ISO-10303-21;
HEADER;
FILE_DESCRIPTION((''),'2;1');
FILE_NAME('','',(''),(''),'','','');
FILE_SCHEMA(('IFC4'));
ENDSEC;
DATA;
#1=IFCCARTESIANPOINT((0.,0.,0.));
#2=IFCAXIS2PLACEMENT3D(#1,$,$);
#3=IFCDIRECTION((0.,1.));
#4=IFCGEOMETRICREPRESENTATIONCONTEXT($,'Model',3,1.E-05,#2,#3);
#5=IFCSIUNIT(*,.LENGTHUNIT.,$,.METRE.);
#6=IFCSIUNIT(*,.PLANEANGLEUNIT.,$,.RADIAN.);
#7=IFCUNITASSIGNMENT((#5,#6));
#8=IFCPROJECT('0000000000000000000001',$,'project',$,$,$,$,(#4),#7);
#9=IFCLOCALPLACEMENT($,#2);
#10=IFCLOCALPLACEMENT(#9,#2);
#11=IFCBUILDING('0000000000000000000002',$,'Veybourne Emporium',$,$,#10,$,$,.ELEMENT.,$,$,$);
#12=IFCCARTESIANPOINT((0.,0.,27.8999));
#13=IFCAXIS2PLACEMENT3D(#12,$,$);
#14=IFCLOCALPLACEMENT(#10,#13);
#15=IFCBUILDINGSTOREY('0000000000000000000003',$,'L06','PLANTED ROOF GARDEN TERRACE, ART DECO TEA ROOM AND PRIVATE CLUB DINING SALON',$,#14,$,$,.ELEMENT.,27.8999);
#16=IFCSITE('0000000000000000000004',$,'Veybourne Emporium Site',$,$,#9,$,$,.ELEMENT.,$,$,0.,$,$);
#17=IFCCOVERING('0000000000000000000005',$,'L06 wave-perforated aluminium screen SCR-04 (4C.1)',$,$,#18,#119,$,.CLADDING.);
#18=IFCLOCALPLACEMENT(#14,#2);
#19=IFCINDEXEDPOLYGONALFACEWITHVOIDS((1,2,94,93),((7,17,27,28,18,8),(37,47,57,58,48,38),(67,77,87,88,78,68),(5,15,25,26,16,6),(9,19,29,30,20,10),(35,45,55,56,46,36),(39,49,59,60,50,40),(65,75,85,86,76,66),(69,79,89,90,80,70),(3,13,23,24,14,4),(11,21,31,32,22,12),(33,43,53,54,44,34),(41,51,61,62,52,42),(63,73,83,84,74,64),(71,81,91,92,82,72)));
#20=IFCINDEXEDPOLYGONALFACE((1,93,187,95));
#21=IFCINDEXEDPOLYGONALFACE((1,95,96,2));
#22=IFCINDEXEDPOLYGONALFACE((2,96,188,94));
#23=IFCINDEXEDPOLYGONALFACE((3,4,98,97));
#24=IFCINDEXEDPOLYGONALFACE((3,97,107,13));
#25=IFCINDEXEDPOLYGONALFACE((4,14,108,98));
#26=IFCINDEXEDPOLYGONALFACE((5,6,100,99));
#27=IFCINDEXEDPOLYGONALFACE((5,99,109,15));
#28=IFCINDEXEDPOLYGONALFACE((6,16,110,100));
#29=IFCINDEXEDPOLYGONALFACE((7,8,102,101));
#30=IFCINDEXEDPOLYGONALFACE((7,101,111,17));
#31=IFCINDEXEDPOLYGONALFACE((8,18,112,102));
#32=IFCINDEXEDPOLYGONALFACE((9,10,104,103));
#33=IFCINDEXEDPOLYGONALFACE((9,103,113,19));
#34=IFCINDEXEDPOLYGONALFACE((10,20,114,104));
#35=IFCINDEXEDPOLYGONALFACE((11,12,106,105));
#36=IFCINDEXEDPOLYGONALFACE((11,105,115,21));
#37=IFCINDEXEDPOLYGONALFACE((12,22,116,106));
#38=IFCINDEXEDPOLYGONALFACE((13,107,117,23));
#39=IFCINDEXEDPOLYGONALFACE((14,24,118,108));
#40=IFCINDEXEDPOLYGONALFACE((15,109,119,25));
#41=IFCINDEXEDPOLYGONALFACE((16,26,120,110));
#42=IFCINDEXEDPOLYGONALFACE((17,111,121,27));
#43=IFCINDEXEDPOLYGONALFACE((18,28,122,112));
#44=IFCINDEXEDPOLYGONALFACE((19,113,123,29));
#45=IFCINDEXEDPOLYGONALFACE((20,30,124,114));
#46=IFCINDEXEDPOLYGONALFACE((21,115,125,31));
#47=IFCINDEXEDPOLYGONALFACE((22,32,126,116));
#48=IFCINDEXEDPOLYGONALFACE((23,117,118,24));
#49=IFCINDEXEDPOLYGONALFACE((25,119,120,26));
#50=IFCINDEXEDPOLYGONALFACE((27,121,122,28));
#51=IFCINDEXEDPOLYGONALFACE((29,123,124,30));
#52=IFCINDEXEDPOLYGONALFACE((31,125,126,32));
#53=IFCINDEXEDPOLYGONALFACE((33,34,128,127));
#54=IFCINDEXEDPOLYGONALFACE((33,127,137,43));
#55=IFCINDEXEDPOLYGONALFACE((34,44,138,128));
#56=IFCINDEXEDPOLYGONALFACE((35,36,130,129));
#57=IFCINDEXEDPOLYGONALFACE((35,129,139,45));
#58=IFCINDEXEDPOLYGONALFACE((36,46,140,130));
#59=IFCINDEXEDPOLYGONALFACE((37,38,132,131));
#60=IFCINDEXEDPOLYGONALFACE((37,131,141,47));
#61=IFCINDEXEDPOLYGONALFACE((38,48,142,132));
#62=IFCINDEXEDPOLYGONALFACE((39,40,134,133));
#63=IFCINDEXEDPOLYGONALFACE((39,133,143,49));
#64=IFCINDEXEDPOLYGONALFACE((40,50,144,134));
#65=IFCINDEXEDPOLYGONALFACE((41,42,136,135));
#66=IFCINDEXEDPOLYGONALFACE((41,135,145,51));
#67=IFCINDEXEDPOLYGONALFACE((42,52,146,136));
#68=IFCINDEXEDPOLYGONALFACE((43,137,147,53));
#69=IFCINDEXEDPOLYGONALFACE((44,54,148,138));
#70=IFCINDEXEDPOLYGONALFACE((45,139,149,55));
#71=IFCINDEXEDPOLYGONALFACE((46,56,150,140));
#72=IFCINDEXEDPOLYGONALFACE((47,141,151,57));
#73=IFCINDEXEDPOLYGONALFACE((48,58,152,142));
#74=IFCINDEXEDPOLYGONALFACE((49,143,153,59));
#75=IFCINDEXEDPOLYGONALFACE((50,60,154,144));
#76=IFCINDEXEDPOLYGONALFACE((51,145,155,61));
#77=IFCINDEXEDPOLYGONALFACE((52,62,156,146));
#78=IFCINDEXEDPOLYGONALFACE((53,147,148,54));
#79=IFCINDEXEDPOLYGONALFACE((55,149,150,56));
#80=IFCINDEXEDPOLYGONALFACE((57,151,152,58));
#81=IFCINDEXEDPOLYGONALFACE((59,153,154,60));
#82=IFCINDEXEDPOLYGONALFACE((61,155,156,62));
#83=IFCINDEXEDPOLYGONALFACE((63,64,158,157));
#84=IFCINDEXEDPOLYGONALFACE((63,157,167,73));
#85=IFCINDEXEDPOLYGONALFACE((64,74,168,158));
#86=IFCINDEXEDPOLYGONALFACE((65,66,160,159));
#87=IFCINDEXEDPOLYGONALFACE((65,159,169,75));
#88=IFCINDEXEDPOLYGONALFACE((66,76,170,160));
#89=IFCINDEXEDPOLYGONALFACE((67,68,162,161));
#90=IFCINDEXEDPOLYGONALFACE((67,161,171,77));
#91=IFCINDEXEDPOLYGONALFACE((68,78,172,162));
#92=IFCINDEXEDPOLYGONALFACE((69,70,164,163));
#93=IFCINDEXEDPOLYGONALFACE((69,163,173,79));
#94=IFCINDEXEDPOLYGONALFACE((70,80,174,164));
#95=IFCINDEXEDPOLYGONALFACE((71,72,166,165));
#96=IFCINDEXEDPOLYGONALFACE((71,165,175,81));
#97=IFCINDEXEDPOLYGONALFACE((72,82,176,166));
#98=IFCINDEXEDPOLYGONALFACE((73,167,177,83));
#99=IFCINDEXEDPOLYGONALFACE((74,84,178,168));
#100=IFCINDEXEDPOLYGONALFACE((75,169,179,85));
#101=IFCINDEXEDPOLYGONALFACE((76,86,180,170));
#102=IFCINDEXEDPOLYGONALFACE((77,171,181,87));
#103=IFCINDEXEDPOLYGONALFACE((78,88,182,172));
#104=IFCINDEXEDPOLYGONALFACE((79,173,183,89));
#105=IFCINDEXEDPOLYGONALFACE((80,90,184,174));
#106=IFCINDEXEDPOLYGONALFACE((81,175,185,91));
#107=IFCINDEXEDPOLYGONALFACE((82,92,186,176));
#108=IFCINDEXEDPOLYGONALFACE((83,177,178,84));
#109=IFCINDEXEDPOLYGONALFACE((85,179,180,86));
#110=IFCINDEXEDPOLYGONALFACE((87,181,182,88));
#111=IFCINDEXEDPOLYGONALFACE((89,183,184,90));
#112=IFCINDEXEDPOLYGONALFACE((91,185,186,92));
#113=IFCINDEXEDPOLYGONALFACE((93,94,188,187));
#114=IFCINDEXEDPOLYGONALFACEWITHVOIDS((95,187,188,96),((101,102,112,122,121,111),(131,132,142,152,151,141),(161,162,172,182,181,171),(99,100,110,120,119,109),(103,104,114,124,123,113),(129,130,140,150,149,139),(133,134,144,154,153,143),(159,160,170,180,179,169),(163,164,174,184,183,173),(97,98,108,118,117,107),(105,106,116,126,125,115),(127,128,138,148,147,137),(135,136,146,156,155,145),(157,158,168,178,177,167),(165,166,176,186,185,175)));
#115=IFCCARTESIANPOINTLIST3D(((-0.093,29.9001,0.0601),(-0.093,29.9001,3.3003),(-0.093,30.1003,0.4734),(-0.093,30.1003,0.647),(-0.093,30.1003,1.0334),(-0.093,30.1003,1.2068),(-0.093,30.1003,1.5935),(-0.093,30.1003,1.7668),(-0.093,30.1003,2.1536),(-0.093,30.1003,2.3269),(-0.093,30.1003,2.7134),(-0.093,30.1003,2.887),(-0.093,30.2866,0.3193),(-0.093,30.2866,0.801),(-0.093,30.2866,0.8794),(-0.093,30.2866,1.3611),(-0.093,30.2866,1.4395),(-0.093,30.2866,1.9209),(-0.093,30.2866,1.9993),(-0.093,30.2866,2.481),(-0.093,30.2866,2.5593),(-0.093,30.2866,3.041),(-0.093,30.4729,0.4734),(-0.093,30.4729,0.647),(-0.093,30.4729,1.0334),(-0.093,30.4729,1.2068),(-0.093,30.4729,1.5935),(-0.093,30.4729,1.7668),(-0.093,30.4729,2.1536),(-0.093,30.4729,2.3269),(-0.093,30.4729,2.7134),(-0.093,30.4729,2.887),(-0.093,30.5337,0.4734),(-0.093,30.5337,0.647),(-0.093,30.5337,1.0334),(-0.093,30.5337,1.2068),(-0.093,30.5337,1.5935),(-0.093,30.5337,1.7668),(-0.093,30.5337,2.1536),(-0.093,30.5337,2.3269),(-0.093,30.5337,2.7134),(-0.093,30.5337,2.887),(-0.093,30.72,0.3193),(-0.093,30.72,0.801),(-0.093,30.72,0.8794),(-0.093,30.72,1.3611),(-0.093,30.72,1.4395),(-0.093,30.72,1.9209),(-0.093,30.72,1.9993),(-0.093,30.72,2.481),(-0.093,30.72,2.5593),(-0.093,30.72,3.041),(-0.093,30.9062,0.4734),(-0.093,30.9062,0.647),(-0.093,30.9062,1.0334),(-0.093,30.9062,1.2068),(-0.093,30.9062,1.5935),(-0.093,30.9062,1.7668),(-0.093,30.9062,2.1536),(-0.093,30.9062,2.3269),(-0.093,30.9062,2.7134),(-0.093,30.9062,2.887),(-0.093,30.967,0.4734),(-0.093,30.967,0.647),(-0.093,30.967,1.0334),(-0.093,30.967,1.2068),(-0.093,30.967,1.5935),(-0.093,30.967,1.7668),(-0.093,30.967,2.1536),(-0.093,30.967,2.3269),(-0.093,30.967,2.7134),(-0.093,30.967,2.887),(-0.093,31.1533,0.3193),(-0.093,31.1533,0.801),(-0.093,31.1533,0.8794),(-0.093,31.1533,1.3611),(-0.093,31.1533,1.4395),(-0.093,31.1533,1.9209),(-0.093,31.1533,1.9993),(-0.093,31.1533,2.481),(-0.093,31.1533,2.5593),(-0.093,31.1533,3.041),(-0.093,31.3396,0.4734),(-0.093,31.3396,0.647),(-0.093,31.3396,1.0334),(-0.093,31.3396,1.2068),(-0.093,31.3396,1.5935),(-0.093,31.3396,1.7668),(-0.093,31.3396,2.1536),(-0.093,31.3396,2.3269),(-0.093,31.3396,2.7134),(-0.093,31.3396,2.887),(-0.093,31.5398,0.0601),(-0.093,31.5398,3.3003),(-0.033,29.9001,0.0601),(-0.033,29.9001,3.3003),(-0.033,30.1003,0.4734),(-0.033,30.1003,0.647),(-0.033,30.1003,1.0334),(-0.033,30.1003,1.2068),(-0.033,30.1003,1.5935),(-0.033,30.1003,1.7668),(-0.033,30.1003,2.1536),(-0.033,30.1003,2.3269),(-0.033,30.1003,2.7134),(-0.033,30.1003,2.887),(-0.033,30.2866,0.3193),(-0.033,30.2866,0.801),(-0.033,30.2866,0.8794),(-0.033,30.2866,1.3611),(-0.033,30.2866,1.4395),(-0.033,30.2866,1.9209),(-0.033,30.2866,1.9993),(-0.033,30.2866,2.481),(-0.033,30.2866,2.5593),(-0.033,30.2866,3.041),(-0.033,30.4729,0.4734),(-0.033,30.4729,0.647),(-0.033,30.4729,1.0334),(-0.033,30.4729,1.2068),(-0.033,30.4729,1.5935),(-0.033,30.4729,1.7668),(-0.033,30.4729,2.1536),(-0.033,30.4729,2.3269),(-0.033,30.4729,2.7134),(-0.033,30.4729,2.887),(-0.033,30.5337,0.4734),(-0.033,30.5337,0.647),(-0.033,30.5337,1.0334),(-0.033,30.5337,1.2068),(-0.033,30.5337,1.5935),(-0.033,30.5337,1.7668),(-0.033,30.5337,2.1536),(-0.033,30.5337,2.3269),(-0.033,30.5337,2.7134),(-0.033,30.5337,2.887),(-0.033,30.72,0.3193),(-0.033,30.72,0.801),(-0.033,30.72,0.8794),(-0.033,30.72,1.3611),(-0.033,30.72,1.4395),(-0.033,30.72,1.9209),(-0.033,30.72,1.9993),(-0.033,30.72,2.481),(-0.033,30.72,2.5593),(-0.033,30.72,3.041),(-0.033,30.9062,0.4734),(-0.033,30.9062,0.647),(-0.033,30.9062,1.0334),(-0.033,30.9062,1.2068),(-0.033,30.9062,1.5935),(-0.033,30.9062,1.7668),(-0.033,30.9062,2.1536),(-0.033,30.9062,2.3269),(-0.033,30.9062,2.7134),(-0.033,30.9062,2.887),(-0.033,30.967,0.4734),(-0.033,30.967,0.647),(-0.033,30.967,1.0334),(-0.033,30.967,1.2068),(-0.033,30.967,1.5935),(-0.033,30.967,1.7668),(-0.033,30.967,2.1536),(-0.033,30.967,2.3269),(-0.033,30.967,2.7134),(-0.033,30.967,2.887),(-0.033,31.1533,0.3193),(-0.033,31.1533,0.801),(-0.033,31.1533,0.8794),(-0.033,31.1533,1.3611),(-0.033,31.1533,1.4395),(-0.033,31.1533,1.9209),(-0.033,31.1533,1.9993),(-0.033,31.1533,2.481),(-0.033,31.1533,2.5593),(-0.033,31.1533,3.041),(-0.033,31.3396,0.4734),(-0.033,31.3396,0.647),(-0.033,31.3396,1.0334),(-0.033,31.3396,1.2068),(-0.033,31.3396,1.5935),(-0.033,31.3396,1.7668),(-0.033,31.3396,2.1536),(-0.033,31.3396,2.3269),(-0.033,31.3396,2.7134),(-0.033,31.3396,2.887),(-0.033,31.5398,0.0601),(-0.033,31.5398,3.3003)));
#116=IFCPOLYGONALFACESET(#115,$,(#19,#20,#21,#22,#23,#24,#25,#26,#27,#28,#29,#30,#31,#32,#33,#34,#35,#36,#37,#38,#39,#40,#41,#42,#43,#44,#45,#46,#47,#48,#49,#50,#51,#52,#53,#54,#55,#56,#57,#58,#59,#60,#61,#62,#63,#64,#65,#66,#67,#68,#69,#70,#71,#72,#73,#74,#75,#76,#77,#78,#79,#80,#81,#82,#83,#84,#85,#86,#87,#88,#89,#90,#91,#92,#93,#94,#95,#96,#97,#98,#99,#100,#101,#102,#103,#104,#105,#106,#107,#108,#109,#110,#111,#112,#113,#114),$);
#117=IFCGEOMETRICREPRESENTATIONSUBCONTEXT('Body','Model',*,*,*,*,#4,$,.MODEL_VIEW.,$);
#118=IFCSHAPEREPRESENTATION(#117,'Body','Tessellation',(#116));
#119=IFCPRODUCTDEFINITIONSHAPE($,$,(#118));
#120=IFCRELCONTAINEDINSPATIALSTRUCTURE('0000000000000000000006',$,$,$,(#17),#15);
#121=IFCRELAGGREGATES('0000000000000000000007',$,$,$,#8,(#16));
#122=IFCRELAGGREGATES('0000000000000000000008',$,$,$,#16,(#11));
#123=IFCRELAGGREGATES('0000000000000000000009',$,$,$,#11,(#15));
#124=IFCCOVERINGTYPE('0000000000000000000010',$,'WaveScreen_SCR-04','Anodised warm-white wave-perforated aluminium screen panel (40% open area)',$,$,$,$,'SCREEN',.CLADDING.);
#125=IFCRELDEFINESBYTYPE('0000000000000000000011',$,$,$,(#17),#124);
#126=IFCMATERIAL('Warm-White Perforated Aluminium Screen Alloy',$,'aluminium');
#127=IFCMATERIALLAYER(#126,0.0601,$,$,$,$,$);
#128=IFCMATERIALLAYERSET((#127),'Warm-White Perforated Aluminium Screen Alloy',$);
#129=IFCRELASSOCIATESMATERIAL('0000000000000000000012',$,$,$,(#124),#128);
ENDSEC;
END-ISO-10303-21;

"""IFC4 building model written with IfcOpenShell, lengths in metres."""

from ifc_helpers import new_model, si_unit, direction, frame, origin, place, context, subcontext, project, spatial, polyline, outline, extrude, material, layer, layer_set, type_object, element, save


model = new_model("IFC4")

# Units and contexts
model_context = context("Model", 3, precision=1e-05, world=origin(), true_north=direction((0.0, 1.0)))
body_context = subcontext(model_context, "Body", "Model", "MODEL_VIEW")
ifc_project = project(units=[si_unit("LENGTHUNIT", "METRE"), si_unit("PLANEANGLEUNIT", "RADIAN")], contexts=[model_context])

# Site, building, storey
site_placement = place(None, origin())
site = spatial("IfcSite", under=ifc_project, at=site_placement, Name="Veybourne Emporium Site", CompositionType="ELEMENT", RefElevation=0.0)
building_placement = place(site_placement, origin())
building = spatial("IfcBuilding", under=site, at=building_placement, Name="Veybourne Emporium", CompositionType="ELEMENT")
storey_placement = place(building_placement, frame((0.0, 0.0, 27.8999)))
storey = spatial("IfcBuildingStorey", under=building, at=storey_placement, Name="L06", Description="PLANTED ROOF GARDEN TERRACE, ART DECO TEA ROOM AND PRIVATE CLUB DINING SALON", CompositionType="ELEMENT", Elevation=27.8999)

# Covering
ifc_material_1 = material(Name="Warm-White Perforated Aluminium Screen Alloy", Category="aluminium")
ifc_layer_1 = layer(ifc_material_1, 0.0601)
ifc_layer_set_1 = layer_set([ifc_layer_1], Name="Warm-White Perforated Aluminium Screen Alloy")
covering_type_1 = type_object("IfcCoveringType", Name="WaveScreen_SCR-04", Description="Anodised warm-white wave-perforated aluminium screen panel (40% open area)", ElementType="SCREEN", PredefinedType="CLADDING", material=ifc_layer_set_1)
covering_1_placement = place(storey_placement, frame((-0.093, 30.72, 1.6802), z_axis=(1.0, 0.0, 0.0), x_axis=(0.0, 1.0, 0.0)))
element("IfcCovering", 1, at=covering_1_placement, inside=storey, type_object=covering_type_1, Name="L06 wave-perforated aluminium screen SCR-04 (4C.1)", PredefinedType="CLADDING", context=body_context, shape_type="SweptSolid", body=[
    extrude(outline(polyline([(-0.8198, -1.6201), (0.8198, -1.6201), (0.8198, 1.6201), (-0.8198, 1.6201), (-0.8198, -1.6201)]), holes=[polyline([(-0.4333, -0.8792), (-0.2471, -1.0332), (-0.2471, -1.2068), (-0.4333, -1.3608), (-0.6196, -1.2068), (-0.6196, -1.0332), (-0.4333, -0.8792)]), polyline([(-0.4333, -0.3191), (-0.2471, -0.4734), (-0.2471, -0.6467), (-0.4333, -0.8008), (-0.6196, -0.6467), (-0.6196, -0.4734), (-0.4333, -0.3191)]), polyline([(-0.4333, 0.2407), (-0.2471, 0.0867), (-0.2471, -0.0867), (-0.4333, -0.2407), (-0.6196, -0.0867), (-0.6196, 0.0867), (-0.4333, 0.2407)]), polyline([(-0.4333, 0.8008), (-0.2471, 0.6467), (-0.2471, 0.4734), (-0.4333, 0.3191), (-0.6196, 0.4734), (-0.6196, 0.6467), (-0.4333, 0.8008)]), polyline([(-0.4333, 1.3608), (-0.2471, 1.2068), (-0.2471, 1.0332), (-0.4333, 0.8792), (-0.6196, 1.0332), (-0.6196, 1.2068), (-0.4333, 1.3608)]), polyline([(0.0, -0.8792), (0.1863, -1.0332), (0.1863, -1.2068), (0.0, -1.3608), (-0.1863, -1.2068), (-0.1863, -1.0332), (0.0, -0.8792)]), polyline([(0.0, -0.3191), (0.1863, -0.4734), (0.1863, -0.6467), (0.0, -0.8008), (-0.1863, -0.6467), (-0.1863, -0.4734), (0.0, -0.3191)]), polyline([(0.0, 0.2407), (0.1863, 0.0867), (0.1863, -0.0867), (0.0, -0.2407), (-0.1863, -0.0867), (-0.1863, 0.0867), (0.0, 0.2407)]), polyline([(0.0, 0.8008), (0.1863, 0.6467), (0.1863, 0.4734), (0.0, 0.3191), (-0.1863, 0.4734), (-0.1863, 0.6467), (0.0, 0.8008)]), polyline([(0.0, 1.3608), (0.1863, 1.2068), (0.1863, 1.0332), (0.0, 0.8792), (-0.1863, 1.0332), (-0.1863, 1.2068), (0.0, 1.3608)]), polyline([(0.4333, -0.8792), (0.6196, -1.0332), (0.6196, -1.2068), (0.4333, -1.3608), (0.2471, -1.2068), (0.2471, -1.0332), (0.4333, -0.8792)]), polyline([(0.4333, -0.3191), (0.6196, -0.4734), (0.6196, -0.6467), (0.4333, -0.8008), (0.2471, -0.6467), (0.2471, -0.4734), (0.4333, -0.3191)]), polyline([(0.4333, 0.2407), (0.6196, 0.0867), (0.6196, -0.0867), (0.4333, -0.2407), (0.2471, -0.0867), (0.2471, 0.0867), (0.4333, 0.2407)]), polyline([(0.4333, 0.8008), (0.6196, 0.6467), (0.6196, 0.4734), (0.4333, 0.3191), (0.2471, 0.4734), (0.2471, 0.6467), (0.4333, 0.8008)]), polyline([(0.4333, 1.3608), (0.6196, 1.2068), (0.6196, 1.0332), (0.4333, 0.8792), (0.2471, 1.0332), (0.2471, 1.2068), (0.4333, 1.3608)])]), origin(), (0.0, 0.0, 1.0), 0.0601),
])

save(model, "model.ifc")
